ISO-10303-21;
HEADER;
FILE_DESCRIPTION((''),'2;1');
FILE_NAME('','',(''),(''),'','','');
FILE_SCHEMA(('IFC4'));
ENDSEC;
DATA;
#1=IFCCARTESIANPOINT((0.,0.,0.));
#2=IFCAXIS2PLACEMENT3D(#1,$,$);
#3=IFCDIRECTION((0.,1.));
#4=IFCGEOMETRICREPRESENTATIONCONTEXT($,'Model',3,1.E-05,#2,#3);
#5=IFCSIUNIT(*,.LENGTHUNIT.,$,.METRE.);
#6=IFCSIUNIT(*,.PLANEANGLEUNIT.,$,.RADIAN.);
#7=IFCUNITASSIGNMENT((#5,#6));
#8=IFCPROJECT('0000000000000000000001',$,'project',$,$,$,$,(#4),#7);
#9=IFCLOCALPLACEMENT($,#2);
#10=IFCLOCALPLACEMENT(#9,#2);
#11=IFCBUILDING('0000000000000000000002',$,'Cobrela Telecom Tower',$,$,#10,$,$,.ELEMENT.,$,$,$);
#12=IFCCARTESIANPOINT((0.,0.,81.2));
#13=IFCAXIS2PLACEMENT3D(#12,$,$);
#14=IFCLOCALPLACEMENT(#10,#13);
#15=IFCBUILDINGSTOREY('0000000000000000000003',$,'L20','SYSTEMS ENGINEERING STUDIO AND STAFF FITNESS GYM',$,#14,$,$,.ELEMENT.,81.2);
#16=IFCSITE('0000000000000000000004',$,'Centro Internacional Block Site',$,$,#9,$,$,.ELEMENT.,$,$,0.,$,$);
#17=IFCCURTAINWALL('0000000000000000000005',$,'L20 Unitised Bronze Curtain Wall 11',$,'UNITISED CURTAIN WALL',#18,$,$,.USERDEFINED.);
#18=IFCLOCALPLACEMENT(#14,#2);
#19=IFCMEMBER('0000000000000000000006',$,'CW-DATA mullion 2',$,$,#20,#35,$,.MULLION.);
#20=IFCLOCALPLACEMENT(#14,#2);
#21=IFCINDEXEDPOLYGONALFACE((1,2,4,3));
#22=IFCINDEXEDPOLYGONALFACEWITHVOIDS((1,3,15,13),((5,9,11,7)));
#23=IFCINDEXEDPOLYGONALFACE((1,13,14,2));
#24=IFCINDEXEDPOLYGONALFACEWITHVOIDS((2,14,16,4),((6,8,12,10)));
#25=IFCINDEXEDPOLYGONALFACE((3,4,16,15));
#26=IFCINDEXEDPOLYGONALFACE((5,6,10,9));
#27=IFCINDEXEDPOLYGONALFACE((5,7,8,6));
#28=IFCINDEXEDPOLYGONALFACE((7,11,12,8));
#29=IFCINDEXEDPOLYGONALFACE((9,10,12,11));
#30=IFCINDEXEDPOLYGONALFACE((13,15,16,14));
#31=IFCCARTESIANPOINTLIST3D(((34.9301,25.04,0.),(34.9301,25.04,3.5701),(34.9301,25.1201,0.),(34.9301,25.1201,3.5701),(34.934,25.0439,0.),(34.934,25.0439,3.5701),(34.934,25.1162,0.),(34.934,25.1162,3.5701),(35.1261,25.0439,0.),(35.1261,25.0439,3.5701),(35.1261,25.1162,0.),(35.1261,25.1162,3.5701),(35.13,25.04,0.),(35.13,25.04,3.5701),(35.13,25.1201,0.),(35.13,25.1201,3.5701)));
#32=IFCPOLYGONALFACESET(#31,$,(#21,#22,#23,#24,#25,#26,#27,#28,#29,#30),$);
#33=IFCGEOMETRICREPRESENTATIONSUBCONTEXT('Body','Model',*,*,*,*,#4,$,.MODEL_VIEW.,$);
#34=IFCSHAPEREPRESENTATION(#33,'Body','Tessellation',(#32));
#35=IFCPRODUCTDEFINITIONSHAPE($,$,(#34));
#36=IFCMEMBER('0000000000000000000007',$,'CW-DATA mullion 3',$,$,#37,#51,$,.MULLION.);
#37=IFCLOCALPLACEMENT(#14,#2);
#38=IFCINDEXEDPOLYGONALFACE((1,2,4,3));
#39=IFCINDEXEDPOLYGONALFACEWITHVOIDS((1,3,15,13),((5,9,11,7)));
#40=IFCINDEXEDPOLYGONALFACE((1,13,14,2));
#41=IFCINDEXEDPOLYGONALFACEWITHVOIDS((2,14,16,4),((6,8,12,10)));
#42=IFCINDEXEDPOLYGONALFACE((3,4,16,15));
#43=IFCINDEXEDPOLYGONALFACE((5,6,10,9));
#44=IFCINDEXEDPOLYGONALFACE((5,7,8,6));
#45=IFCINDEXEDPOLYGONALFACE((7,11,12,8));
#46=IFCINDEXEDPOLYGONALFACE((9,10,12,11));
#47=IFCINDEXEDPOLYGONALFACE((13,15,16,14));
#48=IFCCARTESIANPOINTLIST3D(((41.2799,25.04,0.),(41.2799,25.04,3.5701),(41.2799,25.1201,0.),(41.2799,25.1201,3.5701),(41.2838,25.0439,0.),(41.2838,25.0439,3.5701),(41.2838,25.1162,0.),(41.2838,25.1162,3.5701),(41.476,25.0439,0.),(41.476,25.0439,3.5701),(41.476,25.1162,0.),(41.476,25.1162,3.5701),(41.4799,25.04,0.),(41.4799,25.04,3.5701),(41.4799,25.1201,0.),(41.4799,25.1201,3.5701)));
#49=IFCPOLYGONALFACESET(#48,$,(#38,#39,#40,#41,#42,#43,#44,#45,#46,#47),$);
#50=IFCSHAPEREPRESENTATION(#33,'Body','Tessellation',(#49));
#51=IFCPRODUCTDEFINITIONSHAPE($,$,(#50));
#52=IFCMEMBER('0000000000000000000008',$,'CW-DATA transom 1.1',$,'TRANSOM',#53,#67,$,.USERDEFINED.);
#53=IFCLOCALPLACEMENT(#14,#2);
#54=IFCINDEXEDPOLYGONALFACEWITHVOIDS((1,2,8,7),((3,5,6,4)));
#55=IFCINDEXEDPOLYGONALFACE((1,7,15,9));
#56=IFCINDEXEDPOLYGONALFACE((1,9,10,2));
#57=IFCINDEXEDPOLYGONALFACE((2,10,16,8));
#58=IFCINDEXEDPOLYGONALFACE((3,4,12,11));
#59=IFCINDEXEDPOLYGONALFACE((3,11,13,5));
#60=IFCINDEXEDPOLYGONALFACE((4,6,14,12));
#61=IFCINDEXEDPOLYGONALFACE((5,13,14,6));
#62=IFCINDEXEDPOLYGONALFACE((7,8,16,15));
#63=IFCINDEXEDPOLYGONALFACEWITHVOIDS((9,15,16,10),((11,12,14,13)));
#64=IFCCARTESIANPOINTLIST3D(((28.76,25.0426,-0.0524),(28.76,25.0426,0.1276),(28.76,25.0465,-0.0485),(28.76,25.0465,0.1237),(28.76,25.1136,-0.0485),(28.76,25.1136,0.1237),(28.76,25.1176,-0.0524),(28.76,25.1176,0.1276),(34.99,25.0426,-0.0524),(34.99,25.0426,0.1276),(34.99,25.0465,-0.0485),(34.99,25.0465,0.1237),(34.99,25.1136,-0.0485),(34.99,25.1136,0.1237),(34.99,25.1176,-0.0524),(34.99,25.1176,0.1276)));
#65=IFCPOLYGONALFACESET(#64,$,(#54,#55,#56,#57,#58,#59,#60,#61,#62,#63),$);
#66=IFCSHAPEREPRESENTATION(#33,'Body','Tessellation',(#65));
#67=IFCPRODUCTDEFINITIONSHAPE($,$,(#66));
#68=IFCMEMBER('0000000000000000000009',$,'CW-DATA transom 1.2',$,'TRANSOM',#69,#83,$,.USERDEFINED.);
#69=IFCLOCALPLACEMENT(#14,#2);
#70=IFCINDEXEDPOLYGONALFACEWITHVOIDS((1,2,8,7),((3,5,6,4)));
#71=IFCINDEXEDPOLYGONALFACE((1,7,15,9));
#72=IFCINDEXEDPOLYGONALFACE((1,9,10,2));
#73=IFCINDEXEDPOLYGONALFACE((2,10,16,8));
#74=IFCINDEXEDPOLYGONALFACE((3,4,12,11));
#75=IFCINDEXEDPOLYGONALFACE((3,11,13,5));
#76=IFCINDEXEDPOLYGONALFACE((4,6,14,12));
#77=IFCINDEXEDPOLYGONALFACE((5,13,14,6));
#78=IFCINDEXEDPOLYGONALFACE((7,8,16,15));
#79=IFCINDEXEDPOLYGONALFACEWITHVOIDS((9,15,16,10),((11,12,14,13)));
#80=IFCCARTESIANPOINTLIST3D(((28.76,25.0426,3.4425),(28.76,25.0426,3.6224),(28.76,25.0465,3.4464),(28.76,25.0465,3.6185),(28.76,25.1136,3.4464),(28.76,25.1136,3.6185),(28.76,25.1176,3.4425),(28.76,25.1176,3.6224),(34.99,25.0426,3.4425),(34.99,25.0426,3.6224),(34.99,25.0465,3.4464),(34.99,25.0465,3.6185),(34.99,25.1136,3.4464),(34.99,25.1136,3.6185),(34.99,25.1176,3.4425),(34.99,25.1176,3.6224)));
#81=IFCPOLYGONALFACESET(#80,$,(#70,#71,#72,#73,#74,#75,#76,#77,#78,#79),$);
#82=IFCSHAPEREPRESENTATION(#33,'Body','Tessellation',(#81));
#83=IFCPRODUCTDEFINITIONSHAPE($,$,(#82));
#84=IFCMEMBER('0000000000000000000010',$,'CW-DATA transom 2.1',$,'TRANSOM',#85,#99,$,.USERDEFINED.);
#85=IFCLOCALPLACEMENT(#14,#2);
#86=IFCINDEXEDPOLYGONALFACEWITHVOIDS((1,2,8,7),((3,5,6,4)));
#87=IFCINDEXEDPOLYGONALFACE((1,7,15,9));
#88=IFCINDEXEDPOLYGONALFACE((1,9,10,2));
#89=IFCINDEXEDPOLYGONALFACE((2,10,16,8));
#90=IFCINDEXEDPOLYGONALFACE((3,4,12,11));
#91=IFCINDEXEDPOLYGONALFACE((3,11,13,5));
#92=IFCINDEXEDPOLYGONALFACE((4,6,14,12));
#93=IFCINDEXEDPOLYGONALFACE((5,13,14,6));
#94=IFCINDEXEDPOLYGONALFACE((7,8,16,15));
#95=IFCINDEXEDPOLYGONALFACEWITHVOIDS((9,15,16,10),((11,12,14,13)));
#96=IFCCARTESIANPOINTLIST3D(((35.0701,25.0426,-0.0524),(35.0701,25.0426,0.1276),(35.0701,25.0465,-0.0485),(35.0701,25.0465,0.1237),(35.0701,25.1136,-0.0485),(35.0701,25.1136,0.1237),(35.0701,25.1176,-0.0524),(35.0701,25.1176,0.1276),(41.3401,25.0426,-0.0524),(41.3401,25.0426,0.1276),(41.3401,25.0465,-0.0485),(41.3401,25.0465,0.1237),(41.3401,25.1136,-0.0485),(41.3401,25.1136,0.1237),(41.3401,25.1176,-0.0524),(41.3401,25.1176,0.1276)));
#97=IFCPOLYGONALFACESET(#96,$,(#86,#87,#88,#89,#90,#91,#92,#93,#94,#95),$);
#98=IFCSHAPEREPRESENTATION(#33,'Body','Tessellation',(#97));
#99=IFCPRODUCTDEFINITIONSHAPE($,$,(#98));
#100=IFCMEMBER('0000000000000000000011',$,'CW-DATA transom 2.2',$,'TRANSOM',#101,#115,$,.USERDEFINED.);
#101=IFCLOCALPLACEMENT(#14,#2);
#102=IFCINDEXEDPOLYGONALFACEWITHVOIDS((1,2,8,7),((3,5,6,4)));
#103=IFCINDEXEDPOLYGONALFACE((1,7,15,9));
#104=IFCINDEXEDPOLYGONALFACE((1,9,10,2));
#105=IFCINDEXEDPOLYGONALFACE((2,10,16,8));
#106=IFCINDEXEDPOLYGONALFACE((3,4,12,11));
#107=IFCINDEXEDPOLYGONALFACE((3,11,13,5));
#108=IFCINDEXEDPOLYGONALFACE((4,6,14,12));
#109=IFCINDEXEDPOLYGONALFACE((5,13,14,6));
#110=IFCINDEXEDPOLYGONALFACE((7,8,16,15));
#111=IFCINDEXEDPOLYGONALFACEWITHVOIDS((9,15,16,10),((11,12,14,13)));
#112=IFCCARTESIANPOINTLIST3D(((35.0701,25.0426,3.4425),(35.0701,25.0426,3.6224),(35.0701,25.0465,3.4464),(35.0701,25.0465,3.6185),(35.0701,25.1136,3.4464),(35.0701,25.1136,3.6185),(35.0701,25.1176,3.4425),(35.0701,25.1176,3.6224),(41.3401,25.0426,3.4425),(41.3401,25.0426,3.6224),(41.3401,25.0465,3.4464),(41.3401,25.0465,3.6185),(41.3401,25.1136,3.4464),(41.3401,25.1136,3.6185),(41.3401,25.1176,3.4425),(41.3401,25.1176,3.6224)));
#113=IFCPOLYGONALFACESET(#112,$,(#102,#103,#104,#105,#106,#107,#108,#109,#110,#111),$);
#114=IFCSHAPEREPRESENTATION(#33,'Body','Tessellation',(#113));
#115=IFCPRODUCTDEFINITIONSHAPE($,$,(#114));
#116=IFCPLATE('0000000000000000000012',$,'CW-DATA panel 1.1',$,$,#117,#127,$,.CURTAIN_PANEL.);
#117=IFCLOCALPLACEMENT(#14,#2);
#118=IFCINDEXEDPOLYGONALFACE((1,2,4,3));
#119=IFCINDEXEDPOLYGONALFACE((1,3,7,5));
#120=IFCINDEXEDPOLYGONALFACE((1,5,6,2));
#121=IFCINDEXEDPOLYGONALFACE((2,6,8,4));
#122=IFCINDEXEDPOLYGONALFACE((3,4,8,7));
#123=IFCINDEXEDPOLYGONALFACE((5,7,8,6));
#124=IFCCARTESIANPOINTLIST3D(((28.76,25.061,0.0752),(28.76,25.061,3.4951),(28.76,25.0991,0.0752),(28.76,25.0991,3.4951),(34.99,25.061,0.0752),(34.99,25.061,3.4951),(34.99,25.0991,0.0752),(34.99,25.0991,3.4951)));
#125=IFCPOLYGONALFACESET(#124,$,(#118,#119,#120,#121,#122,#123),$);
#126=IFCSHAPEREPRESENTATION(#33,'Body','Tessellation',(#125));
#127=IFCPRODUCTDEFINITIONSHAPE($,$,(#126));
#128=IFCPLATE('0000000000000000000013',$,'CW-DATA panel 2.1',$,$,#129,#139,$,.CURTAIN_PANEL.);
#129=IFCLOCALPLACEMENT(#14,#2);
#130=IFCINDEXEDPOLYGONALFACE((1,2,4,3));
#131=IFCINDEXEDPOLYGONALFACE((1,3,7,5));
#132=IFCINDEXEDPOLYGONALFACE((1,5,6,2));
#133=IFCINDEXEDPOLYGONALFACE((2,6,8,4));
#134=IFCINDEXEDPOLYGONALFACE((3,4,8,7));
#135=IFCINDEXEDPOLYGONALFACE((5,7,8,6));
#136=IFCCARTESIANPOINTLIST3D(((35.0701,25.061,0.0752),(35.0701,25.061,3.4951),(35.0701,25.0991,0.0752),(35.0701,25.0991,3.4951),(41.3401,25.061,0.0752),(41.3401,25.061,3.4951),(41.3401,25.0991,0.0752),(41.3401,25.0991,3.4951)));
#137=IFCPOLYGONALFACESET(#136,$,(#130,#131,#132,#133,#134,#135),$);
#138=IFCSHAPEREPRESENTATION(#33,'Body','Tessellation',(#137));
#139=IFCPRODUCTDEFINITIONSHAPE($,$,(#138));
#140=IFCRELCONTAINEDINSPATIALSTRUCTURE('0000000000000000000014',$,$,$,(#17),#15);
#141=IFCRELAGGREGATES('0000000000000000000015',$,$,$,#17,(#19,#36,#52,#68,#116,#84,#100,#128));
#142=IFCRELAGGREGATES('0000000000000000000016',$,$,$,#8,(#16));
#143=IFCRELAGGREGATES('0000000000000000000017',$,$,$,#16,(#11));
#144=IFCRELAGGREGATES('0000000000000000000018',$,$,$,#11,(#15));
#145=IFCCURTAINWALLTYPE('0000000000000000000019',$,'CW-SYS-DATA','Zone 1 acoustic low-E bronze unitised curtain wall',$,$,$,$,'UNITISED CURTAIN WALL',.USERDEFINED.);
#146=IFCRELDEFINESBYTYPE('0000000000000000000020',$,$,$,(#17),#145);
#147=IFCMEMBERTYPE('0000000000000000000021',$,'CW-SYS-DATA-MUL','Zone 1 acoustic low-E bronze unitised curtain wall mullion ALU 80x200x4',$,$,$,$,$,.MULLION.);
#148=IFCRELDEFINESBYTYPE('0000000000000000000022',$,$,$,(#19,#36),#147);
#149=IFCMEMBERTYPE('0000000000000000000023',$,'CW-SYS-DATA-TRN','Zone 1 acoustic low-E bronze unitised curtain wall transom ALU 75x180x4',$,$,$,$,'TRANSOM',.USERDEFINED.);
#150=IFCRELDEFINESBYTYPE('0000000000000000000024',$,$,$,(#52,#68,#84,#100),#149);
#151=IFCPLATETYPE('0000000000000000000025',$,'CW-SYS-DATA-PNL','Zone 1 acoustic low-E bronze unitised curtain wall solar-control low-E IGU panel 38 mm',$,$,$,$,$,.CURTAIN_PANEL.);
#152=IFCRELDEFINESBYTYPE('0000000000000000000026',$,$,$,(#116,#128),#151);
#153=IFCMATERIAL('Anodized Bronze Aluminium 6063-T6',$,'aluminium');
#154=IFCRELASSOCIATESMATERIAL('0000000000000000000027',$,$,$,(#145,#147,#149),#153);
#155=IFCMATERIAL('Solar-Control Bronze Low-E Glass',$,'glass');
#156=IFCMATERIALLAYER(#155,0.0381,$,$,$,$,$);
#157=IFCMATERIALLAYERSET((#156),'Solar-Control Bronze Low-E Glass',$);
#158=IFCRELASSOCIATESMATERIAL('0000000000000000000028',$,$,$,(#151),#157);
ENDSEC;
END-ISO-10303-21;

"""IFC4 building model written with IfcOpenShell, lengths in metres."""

from ifc_helpers import new_model, si_unit, direction, frame, origin, origin_2d, place, context, subcontext, project, spatial, rectangle, hollow_rectangle, extrude, material, layer, layer_set, material_profile, profile_set, type_object, element, aggregate, save


model = new_model("IFC4")

# Units and contexts
model_context = context("Model", 3, precision=1e-05, world=origin(), true_north=direction((0.0, 1.0)))
body_context = subcontext(model_context, "Body", "Model", "MODEL_VIEW")
ifc_project = project(units=[si_unit("LENGTHUNIT", "METRE"), si_unit("PLANEANGLEUNIT", "RADIAN")], contexts=[model_context])

# Site, building, storey
site_placement = place(None, origin())
site = spatial("IfcSite", under=ifc_project, at=site_placement, Name="Centro Internacional Block Site", CompositionType="ELEMENT", RefElevation=0.0)
building_placement = place(site_placement, origin())
building = spatial("IfcBuilding", under=site, at=building_placement, Name="Cobrela Telecom Tower", CompositionType="ELEMENT")
storey_placement = place(building_placement, frame((0.0, 0.0, 81.2)))
storey = spatial("IfcBuildingStorey", under=building, at=storey_placement, Name="L20", Description="SYSTEMS ENGINEERING STUDIO AND STAFF FITNESS GYM", CompositionType="ELEMENT", Elevation=81.2)

# Curtain wall, members, plates
ifc_material_1 = material(Name="Anodized Bronze Aluminium 6063-T6", Category="aluminium")
curtain_wall_type = type_object("IfcCurtainWallType", Name="CW-SYS-DATA", Description="Zone 1 acoustic low-E bronze unitised curtain wall", ElementType="UNITISED CURTAIN WALL", PredefinedType="USERDEFINED", material=ifc_material_1)
curtain_wall_placement = place(storey_placement, origin())
curtain_wall = element("IfcCurtainWall", 1, at=curtain_wall_placement, inside=storey, type_object=curtain_wall_type, Name="L20 Unitised Bronze Curtain Wall 11", ObjectType="UNITISED CURTAIN WALL", PredefinedType="USERDEFINED")
ifc_material_profile_1 = material_profile(ifc_material_1, hollow_rectangle(XDim=0.0801, YDim=0.2, WallThickness=0.0039, at=origin_2d()), Name="ALU 80x200x4")
ifc_profile_set_1 = profile_set([ifc_material_profile_1], Name="Anodized Bronze Aluminium 6063-T6")
member_type_1 = type_object("IfcMemberType", Name="CW-SYS-DATA-MUL", Description="Zone 1 acoustic low-E bronze unitised curtain wall mullion ALU 80x200x4", PredefinedType="MULLION", material=ifc_profile_set_1)
member_1_placement = place(storey_placement, frame((35.03, 25.0801, 0.0), z_axis=(0.0, 0.0, 1.0), x_axis=(0.0, 1.0, 0.0)))
member_1 = element("IfcMember", 2, at=member_1_placement, type_object=member_type_1, Name="CW-DATA mullion 2", PredefinedType="MULLION", context=body_context, shape_type="SweptSolid", body=[
    extrude(hollow_rectangle(XDim=0.0801, YDim=0.2, WallThickness=0.0039, at=origin_2d()), origin(), (0.0, 0.0, 1.0), 3.5701),
])
member_2_placement = place(storey_placement, frame((41.3799, 25.0801, 0.0), z_axis=(0.0, 0.0, 1.0), x_axis=(0.0, 1.0, 0.0)))
member_2 = element("IfcMember", 3, at=member_2_placement, type_object=member_type_1, Name="CW-DATA mullion 3", PredefinedType="MULLION", context=body_context, shape_type="SweptSolid", body=[
    extrude(hollow_rectangle(XDim=0.0801, YDim=0.2, WallThickness=0.0039, at=origin_2d()), origin(), (0.0, 0.0, 1.0), 3.5701),
])
ifc_material_profile_2 = material_profile(ifc_material_1, hollow_rectangle(XDim=0.075, YDim=0.1799, WallThickness=0.0039, at=origin_2d()), Name="ALU 75x180x4")
ifc_profile_set_2 = profile_set([ifc_material_profile_2], Name="Anodized Bronze Aluminium 6063-T6")
member_type_2 = type_object("IfcMemberType", Name="CW-SYS-DATA-TRN", Description="Zone 1 acoustic low-E bronze unitised curtain wall transom ALU 75x180x4", ElementType="TRANSOM", PredefinedType="USERDEFINED", material=ifc_profile_set_2)
member_3_placement = place(storey_placement, frame((28.76, 25.0801, 0.0376), z_axis=(1.0, 0.0, 0.0), x_axis=(0.0, 1.0, 0.0)))
member_3 = element("IfcMember", 4, at=member_3_placement, type_object=member_type_2, Name="CW-DATA transom 1.1", ObjectType="TRANSOM", PredefinedType="USERDEFINED", context=body_context, shape_type="SweptSolid", body=[
    extrude(hollow_rectangle(XDim=0.075, YDim=0.1799, WallThickness=0.0039, at=origin_2d()), origin(), (0.0, 0.0, 1.0), 6.23),
])
member_4_placement = place(storey_placement, frame((28.76, 25.0801, 3.5325), z_axis=(1.0, 0.0, 0.0), x_axis=(0.0, 1.0, 0.0)))
member_4 = element("IfcMember", 5, at=member_4_placement, type_object=member_type_2, Name="CW-DATA transom 1.2", ObjectType="TRANSOM", PredefinedType="USERDEFINED", context=body_context, shape_type="SweptSolid", body=[
    extrude(hollow_rectangle(XDim=0.075, YDim=0.1799, WallThickness=0.0039, at=origin_2d()), origin(), (0.0, 0.0, 1.0), 6.23),
])
member_5_placement = place(storey_placement, frame((35.0701, 25.0801, 0.0376), z_axis=(1.0, 0.0, 0.0), x_axis=(0.0, 1.0, 0.0)))
member_5 = element("IfcMember", 6, at=member_5_placement, type_object=member_type_2, Name="CW-DATA transom 2.1", ObjectType="TRANSOM", PredefinedType="USERDEFINED", context=body_context, shape_type="SweptSolid", body=[
    extrude(hollow_rectangle(XDim=0.075, YDim=0.1799, WallThickness=0.0039, at=origin_2d()), origin(), (0.0, 0.0, 1.0), 6.27),
])
member_6_placement = place(storey_placement, frame((35.0701, 25.0801, 3.5325), z_axis=(1.0, 0.0, 0.0), x_axis=(0.0, 1.0, 0.0)))
member_6 = element("IfcMember", 7, at=member_6_placement, type_object=member_type_2, Name="CW-DATA transom 2.2", ObjectType="TRANSOM", PredefinedType="USERDEFINED", context=body_context, shape_type="SweptSolid", body=[
    extrude(hollow_rectangle(XDim=0.075, YDim=0.1799, WallThickness=0.0039, at=origin_2d()), origin(), (0.0, 0.0, 1.0), 6.27),
])
ifc_material_2 = material(Name="Solar-Control Bronze Low-E Glass", Category="glass")
ifc_layer = layer(ifc_material_2, 0.0381)
ifc_layer_set = layer_set([ifc_layer], Name="Solar-Control Bronze Low-E Glass")
plate_type = type_object("IfcPlateType", Name="CW-SYS-DATA-PNL", Description="Zone 1 acoustic low-E bronze unitised curtain wall solar-control low-E IGU panel 38 mm", PredefinedType="CURTAIN_PANEL", material=ifc_layer_set)
plate_1_placement = place(storey_placement, frame((31.875, 25.0801, 0.0752), z_axis=(0.0, 0.0, 1.0), x_axis=(1.0, 0.0, 0.0)))
plate_1 = element("IfcPlate", 8, at=plate_1_placement, type_object=plate_type, Name="CW-DATA panel 1.1", PredefinedType="CURTAIN_PANEL", context=body_context, shape_type="SweptSolid", body=[
    extrude(rectangle(XDim=6.23, YDim=0.0381, at=origin_2d()), origin(), (0.0, 0.0, 1.0), 3.4199),
])
plate_2_placement = place(storey_placement, frame((38.2051, 25.0801, 0.0752), z_axis=(0.0, 0.0, 1.0), x_axis=(1.0, 0.0, 0.0)))
plate_2 = element("IfcPlate", 9, at=plate_2_placement, type_object=plate_type, Name="CW-DATA panel 2.1", PredefinedType="CURTAIN_PANEL", context=body_context, shape_type="SweptSolid", body=[
    extrude(rectangle(XDim=6.27, YDim=0.0381, at=origin_2d()), origin(), (0.0, 0.0, 1.0), 3.4199),
])
aggregate(curtain_wall, [member_1, member_2, member_3, member_4, plate_1, member_5, member_6, plate_2])

save(model, "model.ifc")
